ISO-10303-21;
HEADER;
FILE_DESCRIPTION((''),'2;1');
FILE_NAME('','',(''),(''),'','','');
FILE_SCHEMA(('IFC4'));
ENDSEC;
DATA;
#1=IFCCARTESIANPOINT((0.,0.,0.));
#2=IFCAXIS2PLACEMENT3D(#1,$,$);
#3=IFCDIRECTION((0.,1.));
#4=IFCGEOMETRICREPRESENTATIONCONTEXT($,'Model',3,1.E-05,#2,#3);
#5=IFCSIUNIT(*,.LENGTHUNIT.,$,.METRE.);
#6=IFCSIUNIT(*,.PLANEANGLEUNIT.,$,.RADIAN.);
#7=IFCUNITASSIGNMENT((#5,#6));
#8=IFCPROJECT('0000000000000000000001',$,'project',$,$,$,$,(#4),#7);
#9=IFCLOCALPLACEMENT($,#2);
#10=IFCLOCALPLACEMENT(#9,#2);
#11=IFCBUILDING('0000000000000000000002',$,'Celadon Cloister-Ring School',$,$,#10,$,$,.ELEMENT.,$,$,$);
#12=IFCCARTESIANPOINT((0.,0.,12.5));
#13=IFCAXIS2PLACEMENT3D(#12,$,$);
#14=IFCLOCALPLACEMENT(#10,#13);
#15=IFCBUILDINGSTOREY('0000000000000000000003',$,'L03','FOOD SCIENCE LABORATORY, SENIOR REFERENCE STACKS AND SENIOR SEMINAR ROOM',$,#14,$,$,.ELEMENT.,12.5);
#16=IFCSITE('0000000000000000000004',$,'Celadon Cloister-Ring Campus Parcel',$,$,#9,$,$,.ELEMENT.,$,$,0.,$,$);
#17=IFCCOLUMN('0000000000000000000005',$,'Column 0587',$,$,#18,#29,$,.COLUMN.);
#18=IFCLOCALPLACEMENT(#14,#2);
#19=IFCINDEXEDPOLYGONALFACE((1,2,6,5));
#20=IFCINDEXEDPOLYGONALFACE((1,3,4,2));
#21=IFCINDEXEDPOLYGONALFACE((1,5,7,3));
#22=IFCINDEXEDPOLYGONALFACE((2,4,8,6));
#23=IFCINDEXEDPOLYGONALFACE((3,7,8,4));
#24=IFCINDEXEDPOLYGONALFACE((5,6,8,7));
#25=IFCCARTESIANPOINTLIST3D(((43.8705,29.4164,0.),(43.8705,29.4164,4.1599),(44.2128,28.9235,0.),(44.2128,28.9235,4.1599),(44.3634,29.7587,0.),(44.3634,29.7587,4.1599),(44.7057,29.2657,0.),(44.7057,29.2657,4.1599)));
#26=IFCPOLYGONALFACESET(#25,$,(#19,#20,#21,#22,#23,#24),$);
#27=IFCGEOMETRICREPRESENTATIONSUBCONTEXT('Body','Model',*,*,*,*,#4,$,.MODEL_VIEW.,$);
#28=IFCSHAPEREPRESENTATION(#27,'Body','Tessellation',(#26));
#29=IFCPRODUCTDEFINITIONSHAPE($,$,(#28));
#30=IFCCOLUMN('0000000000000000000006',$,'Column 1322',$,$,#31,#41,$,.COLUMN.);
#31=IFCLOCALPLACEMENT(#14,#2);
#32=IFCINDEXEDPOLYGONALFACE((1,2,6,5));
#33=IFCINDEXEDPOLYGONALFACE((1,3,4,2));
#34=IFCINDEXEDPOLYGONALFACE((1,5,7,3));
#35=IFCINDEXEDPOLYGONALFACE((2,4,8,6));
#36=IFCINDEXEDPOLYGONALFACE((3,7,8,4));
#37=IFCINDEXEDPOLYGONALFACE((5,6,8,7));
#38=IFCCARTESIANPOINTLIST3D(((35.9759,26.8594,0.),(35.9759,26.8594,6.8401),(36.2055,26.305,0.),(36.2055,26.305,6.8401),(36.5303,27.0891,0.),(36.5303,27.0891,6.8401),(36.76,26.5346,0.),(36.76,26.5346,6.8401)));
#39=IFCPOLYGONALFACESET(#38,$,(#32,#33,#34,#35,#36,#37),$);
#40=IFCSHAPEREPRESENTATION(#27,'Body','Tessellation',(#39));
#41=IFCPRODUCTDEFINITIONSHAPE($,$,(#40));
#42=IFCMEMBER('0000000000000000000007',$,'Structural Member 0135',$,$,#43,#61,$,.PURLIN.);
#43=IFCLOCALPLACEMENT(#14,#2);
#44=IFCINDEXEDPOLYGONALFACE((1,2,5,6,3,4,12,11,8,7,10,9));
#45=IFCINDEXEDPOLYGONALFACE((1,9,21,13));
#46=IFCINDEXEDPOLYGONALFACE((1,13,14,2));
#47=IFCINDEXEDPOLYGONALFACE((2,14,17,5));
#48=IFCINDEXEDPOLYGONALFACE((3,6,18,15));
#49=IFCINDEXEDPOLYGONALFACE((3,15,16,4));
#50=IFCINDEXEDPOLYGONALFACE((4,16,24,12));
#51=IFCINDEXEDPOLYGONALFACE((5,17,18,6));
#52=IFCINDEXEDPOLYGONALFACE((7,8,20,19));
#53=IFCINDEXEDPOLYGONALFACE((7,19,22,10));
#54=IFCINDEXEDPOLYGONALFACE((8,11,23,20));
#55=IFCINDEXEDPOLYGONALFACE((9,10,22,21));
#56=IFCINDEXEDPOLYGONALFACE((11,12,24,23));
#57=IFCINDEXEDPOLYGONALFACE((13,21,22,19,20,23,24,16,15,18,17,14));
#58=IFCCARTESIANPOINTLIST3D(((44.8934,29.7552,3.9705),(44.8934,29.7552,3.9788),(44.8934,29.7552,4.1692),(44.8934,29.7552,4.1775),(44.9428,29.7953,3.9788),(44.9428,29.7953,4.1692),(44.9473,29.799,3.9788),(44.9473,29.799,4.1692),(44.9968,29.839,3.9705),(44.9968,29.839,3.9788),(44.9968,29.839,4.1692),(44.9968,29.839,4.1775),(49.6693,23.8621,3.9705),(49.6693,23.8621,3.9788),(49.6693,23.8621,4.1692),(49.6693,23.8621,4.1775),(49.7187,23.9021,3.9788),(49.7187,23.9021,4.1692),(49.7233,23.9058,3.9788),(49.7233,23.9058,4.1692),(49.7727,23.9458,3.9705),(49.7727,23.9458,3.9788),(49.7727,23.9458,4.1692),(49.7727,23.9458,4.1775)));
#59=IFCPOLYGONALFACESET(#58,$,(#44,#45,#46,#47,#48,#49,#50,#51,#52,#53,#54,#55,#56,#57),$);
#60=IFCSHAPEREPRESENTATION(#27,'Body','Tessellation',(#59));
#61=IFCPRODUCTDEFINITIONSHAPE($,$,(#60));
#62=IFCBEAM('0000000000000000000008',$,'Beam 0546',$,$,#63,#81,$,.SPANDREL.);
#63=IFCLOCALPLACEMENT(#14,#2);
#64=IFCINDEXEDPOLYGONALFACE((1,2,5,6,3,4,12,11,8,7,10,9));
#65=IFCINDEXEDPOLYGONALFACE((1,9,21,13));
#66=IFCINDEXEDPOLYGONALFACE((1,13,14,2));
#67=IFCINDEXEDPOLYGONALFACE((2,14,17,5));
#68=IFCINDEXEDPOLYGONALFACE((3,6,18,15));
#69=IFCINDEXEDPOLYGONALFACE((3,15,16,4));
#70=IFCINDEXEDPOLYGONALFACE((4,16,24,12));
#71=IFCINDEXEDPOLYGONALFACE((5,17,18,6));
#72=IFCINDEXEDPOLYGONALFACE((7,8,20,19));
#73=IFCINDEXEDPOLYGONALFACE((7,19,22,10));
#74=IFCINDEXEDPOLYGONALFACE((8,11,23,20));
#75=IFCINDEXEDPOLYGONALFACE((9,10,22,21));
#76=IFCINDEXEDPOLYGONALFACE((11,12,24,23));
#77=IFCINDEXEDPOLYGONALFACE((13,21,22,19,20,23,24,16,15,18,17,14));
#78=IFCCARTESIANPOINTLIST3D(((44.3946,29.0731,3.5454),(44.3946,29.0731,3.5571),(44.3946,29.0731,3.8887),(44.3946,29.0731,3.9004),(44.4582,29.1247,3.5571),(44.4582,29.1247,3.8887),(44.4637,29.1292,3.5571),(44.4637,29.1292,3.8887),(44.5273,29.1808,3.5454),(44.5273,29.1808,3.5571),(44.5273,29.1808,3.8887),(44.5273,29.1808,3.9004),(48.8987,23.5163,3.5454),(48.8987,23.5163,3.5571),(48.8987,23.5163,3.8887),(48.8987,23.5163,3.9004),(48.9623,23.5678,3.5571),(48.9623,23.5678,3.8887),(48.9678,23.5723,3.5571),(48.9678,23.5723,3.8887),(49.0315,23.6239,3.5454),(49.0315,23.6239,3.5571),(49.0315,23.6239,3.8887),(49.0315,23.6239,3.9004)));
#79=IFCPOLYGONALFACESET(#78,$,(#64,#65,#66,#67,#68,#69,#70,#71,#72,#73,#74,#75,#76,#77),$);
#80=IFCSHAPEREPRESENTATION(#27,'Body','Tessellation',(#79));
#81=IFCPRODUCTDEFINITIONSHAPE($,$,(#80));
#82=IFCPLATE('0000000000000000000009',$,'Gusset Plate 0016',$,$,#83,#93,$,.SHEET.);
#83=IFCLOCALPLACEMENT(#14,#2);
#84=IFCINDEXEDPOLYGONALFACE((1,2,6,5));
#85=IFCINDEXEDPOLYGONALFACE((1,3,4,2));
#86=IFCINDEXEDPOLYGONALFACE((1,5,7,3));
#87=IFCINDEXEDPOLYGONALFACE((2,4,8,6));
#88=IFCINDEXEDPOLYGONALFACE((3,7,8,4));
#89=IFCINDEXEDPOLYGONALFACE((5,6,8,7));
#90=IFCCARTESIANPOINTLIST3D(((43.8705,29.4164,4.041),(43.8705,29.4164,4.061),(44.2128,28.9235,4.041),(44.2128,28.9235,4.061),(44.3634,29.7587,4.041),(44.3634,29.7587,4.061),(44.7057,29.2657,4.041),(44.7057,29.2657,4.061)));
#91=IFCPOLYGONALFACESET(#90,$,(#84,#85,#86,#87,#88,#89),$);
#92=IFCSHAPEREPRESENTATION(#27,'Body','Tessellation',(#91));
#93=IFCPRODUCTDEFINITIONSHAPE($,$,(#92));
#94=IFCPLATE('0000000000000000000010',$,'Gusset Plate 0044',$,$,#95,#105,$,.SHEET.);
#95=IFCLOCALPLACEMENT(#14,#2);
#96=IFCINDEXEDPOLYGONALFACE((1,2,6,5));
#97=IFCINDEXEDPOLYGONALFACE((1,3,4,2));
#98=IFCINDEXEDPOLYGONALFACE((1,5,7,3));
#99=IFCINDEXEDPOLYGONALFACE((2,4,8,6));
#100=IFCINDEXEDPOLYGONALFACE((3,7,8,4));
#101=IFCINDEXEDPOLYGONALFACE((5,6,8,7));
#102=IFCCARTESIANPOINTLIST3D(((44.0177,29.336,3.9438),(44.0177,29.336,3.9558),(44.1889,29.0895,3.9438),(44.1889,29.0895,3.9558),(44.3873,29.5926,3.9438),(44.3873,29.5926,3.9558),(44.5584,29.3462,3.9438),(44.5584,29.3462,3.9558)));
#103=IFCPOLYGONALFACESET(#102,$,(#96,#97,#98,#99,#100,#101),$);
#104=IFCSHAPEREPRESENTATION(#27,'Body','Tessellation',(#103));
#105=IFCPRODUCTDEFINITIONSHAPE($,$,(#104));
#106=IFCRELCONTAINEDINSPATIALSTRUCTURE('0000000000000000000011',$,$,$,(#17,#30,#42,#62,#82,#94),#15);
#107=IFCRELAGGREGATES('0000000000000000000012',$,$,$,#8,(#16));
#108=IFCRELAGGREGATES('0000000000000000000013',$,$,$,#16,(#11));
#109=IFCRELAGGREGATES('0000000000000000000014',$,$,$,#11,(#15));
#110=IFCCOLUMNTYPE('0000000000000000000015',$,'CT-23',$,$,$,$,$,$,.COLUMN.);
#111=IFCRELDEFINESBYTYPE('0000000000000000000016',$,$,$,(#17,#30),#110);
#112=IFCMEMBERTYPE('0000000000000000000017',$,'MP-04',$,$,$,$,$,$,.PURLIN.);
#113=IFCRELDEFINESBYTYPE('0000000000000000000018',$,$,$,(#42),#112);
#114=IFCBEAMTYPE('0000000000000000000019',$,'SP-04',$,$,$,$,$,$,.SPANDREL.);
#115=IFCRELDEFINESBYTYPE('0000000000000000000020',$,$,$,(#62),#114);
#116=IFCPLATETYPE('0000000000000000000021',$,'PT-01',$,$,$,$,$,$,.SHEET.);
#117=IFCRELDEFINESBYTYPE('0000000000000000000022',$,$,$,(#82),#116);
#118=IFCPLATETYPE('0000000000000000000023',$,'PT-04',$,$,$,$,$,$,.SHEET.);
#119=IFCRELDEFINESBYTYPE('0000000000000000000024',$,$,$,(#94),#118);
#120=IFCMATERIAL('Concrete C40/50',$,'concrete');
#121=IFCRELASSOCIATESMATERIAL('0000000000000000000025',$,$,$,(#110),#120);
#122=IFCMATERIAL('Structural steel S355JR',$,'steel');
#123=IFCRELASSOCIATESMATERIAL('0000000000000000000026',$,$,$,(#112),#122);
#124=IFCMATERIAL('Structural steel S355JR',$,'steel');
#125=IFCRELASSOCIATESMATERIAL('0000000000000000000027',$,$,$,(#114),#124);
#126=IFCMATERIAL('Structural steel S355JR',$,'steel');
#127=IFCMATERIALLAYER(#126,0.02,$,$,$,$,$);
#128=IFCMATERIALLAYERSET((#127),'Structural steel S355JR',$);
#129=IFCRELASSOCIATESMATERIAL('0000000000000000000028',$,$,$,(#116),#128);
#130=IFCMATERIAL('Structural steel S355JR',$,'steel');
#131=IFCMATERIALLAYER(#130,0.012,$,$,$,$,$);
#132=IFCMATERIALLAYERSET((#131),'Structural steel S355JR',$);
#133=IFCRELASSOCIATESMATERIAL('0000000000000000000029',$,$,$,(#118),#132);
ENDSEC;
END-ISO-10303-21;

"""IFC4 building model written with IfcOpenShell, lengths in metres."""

from ifc_helpers import new_model, si_unit, direction, frame, origin, origin_2d, place, context, subcontext, project, spatial, rectangle, i_section, extrude, material, layer, layer_set, material_profile, profile_set, type_object, element, save


model = new_model("IFC4")

# Units and contexts
model_context = context("Model", 3, precision=1e-05, world=origin(), true_north=direction((0.0, 1.0)))
body_context = subcontext(model_context, "Body", "Model", "MODEL_VIEW")
ifc_project = project(units=[si_unit("LENGTHUNIT", "METRE"), si_unit("PLANEANGLEUNIT", "RADIAN")], contexts=[model_context])

# Site, building, storey
site_placement = place(None, origin())
site = spatial("IfcSite", under=ifc_project, at=site_placement, Name="Celadon Cloister-Ring Campus Parcel", CompositionType="ELEMENT", RefElevation=0.0)
building_placement = place(site_placement, origin())
building = spatial("IfcBuilding", under=site, at=building_placement, Name="Celadon Cloister-Ring School", CompositionType="ELEMENT")
storey_placement = place(building_placement, frame((0.0, 0.0, 12.5)))
storey = spatial("IfcBuildingStorey", under=building, at=storey_placement, Name="L03", Description="FOOD SCIENCE LABORATORY, SENIOR REFERENCE STACKS AND SENIOR SEMINAR ROOM", CompositionType="ELEMENT", Elevation=12.5)

# Columns
ifc_material_1 = material(Name="Concrete C40/50", Category="concrete")
ifc_material_profile_1 = material_profile(ifc_material_1, rectangle(XDim=0.6001, YDim=0.6001, at=origin_2d()), Name="RC600X600")
ifc_profile_set_1 = profile_set([ifc_material_profile_1], Name="Concrete C40/50")
column_type = type_object("IfcColumnType", Name="CT-23", PredefinedType="COLUMN", material=ifc_profile_set_1)
column_1_placement = place(storey_placement, frame((44.2881, 29.3411, 0.0), z_axis=(0.0, 0.0, 1.0), x_axis=(-0.821388, -0.57037, 0.0)))
element("IfcColumn", 1, at=column_1_placement, inside=storey, type_object=column_type, Name="Column 0587", PredefinedType="COLUMN", context=body_context, shape_type="SweptSolid", body=[
    extrude(rectangle(XDim=0.6001, YDim=0.6001, at=origin_2d()), origin(), (0.0, 0.0, 1.0), 4.1599),
])
column_2_placement = place(storey_placement, frame((36.3679, 26.697, 0.0), z_axis=(0.0, 0.0, 1.0), x_axis=(0.92388, 0.382683, 0.0)))
element("IfcColumn", 2, at=column_2_placement, inside=storey, type_object=column_type, Name="Column 1322", PredefinedType="COLUMN", context=body_context, shape_type="SweptSolid", body=[
    extrude(rectangle(XDim=0.6001, YDim=0.6001, at=origin_2d()), origin(), (0.0, 0.0, 1.0), 6.8401),
])

# Member
ifc_material_2 = material(Name="Structural steel S355JR", Category="steel")
ifc_material_profile_2 = material_profile(ifc_material_2, i_section(OverallWidth=0.1331, OverallDepth=0.207, WebThickness=0.0059, FlangeThickness=0.0083, at=origin_2d()), Name="W200X27")
ifc_profile_set_2 = profile_set([ifc_material_profile_2], Name="Structural steel S355JR")
member_type = type_object("IfcMemberType", Name="MP-04", PredefinedType="PURLIN", material=ifc_profile_set_2)
member_placement = place(storey_placement, frame((44.9451, 29.7971, 4.074), z_axis=(0.62962, -0.776903, 0.0), x_axis=(0.776903, 0.62962, 0.0)))
element("IfcMember", 3, at=member_placement, inside=storey, type_object=member_type, Name="Structural Member 0135", PredefinedType="PURLIN", context=body_context, shape_type="SweptSolid", body=[
    extrude(i_section(OverallWidth=0.1331, OverallDepth=0.207, WebThickness=0.0059, FlangeThickness=0.0083, at=origin_2d()), origin(), (0.0, 0.0, 1.0), 7.5854),
])

# Beam
ifc_material_3 = material(Name="Structural steel S355JR", Category="steel")
ifc_material_profile_3 = material_profile(ifc_material_3, i_section(OverallWidth=0.1709, OverallDepth=0.355, WebThickness=0.0071, FlangeThickness=0.0117, at=origin_2d()), Name="W360X51")
ifc_profile_set_3 = profile_set([ifc_material_profile_3], Name="Structural steel S355JR")
beam_type = type_object("IfcBeamType", Name="SP-04", PredefinedType="SPANDREL", material=ifc_profile_set_3)
beam_placement = place(storey_placement, frame((44.4609, 29.127, 3.7229), z_axis=(0.629681, -0.776854, 0.0), x_axis=(0.776854, 0.629681, 0.0)))
element("IfcBeam", 4, at=beam_placement, inside=storey, type_object=beam_type, Name="Beam 0546", PredefinedType="SPANDREL", context=body_context, shape_type="SweptSolid", body=[
    extrude(i_section(OverallWidth=0.1709, OverallDepth=0.355, WebThickness=0.0071, FlangeThickness=0.0117, at=origin_2d()), origin(), (0.0, 0.0, 1.0), 7.1531),
])

# Plates
ifc_material_4 = material(Name="Structural steel S355JR", Category="steel")
ifc_layer_1 = layer(ifc_material_4, 0.02)
ifc_layer_set_1 = layer_set([ifc_layer_1], Name="Structural steel S355JR")
plate_type_1 = type_object("IfcPlateType", Name="PT-01", PredefinedType="SHEET", material=ifc_layer_set_1)
plate_1_placement = place(storey_placement, frame((44.2881, 29.3411, 4.041), z_axis=(0.0, 0.0, 1.0), x_axis=(-0.821388, -0.57037, 0.0)))
element("IfcPlate", 5, at=plate_1_placement, inside=storey, type_object=plate_type_1, Name="Gusset Plate 0016", PredefinedType="SHEET", context=body_context, shape_type="SweptSolid", body=[
    extrude(rectangle(XDim=0.6001, YDim=0.6001, at=origin_2d()), origin(), (0.0, 0.0, 1.0), 0.02),
])
ifc_material_5 = material(Name="Structural steel S355JR", Category="steel")
ifc_layer_2 = layer(ifc_material_5, 0.012)
ifc_layer_set_2 = layer_set([ifc_layer_2], Name="Structural steel S355JR")
plate_type_2 = type_object("IfcPlateType", Name="PT-04", PredefinedType="SHEET", material=ifc_layer_set_2)
plate_2_placement = place(storey_placement, frame((44.2881, 29.3411, 3.9438), z_axis=(0.0, 0.0, 1.0), x_axis=(-0.821388, -0.57037, 0.0)))
element("IfcPlate", 6, at=plate_2_placement, inside=storey, type_object=plate_type_2, Name="Gusset Plate 0044", PredefinedType="SHEET", context=body_context, shape_type="SweptSolid", body=[
    extrude(rectangle(XDim=0.45, YDim=0.3, at=origin_2d()), origin(), (0.0, 0.0, 1.0), 0.012),
])

save(model, "model.ifc")
